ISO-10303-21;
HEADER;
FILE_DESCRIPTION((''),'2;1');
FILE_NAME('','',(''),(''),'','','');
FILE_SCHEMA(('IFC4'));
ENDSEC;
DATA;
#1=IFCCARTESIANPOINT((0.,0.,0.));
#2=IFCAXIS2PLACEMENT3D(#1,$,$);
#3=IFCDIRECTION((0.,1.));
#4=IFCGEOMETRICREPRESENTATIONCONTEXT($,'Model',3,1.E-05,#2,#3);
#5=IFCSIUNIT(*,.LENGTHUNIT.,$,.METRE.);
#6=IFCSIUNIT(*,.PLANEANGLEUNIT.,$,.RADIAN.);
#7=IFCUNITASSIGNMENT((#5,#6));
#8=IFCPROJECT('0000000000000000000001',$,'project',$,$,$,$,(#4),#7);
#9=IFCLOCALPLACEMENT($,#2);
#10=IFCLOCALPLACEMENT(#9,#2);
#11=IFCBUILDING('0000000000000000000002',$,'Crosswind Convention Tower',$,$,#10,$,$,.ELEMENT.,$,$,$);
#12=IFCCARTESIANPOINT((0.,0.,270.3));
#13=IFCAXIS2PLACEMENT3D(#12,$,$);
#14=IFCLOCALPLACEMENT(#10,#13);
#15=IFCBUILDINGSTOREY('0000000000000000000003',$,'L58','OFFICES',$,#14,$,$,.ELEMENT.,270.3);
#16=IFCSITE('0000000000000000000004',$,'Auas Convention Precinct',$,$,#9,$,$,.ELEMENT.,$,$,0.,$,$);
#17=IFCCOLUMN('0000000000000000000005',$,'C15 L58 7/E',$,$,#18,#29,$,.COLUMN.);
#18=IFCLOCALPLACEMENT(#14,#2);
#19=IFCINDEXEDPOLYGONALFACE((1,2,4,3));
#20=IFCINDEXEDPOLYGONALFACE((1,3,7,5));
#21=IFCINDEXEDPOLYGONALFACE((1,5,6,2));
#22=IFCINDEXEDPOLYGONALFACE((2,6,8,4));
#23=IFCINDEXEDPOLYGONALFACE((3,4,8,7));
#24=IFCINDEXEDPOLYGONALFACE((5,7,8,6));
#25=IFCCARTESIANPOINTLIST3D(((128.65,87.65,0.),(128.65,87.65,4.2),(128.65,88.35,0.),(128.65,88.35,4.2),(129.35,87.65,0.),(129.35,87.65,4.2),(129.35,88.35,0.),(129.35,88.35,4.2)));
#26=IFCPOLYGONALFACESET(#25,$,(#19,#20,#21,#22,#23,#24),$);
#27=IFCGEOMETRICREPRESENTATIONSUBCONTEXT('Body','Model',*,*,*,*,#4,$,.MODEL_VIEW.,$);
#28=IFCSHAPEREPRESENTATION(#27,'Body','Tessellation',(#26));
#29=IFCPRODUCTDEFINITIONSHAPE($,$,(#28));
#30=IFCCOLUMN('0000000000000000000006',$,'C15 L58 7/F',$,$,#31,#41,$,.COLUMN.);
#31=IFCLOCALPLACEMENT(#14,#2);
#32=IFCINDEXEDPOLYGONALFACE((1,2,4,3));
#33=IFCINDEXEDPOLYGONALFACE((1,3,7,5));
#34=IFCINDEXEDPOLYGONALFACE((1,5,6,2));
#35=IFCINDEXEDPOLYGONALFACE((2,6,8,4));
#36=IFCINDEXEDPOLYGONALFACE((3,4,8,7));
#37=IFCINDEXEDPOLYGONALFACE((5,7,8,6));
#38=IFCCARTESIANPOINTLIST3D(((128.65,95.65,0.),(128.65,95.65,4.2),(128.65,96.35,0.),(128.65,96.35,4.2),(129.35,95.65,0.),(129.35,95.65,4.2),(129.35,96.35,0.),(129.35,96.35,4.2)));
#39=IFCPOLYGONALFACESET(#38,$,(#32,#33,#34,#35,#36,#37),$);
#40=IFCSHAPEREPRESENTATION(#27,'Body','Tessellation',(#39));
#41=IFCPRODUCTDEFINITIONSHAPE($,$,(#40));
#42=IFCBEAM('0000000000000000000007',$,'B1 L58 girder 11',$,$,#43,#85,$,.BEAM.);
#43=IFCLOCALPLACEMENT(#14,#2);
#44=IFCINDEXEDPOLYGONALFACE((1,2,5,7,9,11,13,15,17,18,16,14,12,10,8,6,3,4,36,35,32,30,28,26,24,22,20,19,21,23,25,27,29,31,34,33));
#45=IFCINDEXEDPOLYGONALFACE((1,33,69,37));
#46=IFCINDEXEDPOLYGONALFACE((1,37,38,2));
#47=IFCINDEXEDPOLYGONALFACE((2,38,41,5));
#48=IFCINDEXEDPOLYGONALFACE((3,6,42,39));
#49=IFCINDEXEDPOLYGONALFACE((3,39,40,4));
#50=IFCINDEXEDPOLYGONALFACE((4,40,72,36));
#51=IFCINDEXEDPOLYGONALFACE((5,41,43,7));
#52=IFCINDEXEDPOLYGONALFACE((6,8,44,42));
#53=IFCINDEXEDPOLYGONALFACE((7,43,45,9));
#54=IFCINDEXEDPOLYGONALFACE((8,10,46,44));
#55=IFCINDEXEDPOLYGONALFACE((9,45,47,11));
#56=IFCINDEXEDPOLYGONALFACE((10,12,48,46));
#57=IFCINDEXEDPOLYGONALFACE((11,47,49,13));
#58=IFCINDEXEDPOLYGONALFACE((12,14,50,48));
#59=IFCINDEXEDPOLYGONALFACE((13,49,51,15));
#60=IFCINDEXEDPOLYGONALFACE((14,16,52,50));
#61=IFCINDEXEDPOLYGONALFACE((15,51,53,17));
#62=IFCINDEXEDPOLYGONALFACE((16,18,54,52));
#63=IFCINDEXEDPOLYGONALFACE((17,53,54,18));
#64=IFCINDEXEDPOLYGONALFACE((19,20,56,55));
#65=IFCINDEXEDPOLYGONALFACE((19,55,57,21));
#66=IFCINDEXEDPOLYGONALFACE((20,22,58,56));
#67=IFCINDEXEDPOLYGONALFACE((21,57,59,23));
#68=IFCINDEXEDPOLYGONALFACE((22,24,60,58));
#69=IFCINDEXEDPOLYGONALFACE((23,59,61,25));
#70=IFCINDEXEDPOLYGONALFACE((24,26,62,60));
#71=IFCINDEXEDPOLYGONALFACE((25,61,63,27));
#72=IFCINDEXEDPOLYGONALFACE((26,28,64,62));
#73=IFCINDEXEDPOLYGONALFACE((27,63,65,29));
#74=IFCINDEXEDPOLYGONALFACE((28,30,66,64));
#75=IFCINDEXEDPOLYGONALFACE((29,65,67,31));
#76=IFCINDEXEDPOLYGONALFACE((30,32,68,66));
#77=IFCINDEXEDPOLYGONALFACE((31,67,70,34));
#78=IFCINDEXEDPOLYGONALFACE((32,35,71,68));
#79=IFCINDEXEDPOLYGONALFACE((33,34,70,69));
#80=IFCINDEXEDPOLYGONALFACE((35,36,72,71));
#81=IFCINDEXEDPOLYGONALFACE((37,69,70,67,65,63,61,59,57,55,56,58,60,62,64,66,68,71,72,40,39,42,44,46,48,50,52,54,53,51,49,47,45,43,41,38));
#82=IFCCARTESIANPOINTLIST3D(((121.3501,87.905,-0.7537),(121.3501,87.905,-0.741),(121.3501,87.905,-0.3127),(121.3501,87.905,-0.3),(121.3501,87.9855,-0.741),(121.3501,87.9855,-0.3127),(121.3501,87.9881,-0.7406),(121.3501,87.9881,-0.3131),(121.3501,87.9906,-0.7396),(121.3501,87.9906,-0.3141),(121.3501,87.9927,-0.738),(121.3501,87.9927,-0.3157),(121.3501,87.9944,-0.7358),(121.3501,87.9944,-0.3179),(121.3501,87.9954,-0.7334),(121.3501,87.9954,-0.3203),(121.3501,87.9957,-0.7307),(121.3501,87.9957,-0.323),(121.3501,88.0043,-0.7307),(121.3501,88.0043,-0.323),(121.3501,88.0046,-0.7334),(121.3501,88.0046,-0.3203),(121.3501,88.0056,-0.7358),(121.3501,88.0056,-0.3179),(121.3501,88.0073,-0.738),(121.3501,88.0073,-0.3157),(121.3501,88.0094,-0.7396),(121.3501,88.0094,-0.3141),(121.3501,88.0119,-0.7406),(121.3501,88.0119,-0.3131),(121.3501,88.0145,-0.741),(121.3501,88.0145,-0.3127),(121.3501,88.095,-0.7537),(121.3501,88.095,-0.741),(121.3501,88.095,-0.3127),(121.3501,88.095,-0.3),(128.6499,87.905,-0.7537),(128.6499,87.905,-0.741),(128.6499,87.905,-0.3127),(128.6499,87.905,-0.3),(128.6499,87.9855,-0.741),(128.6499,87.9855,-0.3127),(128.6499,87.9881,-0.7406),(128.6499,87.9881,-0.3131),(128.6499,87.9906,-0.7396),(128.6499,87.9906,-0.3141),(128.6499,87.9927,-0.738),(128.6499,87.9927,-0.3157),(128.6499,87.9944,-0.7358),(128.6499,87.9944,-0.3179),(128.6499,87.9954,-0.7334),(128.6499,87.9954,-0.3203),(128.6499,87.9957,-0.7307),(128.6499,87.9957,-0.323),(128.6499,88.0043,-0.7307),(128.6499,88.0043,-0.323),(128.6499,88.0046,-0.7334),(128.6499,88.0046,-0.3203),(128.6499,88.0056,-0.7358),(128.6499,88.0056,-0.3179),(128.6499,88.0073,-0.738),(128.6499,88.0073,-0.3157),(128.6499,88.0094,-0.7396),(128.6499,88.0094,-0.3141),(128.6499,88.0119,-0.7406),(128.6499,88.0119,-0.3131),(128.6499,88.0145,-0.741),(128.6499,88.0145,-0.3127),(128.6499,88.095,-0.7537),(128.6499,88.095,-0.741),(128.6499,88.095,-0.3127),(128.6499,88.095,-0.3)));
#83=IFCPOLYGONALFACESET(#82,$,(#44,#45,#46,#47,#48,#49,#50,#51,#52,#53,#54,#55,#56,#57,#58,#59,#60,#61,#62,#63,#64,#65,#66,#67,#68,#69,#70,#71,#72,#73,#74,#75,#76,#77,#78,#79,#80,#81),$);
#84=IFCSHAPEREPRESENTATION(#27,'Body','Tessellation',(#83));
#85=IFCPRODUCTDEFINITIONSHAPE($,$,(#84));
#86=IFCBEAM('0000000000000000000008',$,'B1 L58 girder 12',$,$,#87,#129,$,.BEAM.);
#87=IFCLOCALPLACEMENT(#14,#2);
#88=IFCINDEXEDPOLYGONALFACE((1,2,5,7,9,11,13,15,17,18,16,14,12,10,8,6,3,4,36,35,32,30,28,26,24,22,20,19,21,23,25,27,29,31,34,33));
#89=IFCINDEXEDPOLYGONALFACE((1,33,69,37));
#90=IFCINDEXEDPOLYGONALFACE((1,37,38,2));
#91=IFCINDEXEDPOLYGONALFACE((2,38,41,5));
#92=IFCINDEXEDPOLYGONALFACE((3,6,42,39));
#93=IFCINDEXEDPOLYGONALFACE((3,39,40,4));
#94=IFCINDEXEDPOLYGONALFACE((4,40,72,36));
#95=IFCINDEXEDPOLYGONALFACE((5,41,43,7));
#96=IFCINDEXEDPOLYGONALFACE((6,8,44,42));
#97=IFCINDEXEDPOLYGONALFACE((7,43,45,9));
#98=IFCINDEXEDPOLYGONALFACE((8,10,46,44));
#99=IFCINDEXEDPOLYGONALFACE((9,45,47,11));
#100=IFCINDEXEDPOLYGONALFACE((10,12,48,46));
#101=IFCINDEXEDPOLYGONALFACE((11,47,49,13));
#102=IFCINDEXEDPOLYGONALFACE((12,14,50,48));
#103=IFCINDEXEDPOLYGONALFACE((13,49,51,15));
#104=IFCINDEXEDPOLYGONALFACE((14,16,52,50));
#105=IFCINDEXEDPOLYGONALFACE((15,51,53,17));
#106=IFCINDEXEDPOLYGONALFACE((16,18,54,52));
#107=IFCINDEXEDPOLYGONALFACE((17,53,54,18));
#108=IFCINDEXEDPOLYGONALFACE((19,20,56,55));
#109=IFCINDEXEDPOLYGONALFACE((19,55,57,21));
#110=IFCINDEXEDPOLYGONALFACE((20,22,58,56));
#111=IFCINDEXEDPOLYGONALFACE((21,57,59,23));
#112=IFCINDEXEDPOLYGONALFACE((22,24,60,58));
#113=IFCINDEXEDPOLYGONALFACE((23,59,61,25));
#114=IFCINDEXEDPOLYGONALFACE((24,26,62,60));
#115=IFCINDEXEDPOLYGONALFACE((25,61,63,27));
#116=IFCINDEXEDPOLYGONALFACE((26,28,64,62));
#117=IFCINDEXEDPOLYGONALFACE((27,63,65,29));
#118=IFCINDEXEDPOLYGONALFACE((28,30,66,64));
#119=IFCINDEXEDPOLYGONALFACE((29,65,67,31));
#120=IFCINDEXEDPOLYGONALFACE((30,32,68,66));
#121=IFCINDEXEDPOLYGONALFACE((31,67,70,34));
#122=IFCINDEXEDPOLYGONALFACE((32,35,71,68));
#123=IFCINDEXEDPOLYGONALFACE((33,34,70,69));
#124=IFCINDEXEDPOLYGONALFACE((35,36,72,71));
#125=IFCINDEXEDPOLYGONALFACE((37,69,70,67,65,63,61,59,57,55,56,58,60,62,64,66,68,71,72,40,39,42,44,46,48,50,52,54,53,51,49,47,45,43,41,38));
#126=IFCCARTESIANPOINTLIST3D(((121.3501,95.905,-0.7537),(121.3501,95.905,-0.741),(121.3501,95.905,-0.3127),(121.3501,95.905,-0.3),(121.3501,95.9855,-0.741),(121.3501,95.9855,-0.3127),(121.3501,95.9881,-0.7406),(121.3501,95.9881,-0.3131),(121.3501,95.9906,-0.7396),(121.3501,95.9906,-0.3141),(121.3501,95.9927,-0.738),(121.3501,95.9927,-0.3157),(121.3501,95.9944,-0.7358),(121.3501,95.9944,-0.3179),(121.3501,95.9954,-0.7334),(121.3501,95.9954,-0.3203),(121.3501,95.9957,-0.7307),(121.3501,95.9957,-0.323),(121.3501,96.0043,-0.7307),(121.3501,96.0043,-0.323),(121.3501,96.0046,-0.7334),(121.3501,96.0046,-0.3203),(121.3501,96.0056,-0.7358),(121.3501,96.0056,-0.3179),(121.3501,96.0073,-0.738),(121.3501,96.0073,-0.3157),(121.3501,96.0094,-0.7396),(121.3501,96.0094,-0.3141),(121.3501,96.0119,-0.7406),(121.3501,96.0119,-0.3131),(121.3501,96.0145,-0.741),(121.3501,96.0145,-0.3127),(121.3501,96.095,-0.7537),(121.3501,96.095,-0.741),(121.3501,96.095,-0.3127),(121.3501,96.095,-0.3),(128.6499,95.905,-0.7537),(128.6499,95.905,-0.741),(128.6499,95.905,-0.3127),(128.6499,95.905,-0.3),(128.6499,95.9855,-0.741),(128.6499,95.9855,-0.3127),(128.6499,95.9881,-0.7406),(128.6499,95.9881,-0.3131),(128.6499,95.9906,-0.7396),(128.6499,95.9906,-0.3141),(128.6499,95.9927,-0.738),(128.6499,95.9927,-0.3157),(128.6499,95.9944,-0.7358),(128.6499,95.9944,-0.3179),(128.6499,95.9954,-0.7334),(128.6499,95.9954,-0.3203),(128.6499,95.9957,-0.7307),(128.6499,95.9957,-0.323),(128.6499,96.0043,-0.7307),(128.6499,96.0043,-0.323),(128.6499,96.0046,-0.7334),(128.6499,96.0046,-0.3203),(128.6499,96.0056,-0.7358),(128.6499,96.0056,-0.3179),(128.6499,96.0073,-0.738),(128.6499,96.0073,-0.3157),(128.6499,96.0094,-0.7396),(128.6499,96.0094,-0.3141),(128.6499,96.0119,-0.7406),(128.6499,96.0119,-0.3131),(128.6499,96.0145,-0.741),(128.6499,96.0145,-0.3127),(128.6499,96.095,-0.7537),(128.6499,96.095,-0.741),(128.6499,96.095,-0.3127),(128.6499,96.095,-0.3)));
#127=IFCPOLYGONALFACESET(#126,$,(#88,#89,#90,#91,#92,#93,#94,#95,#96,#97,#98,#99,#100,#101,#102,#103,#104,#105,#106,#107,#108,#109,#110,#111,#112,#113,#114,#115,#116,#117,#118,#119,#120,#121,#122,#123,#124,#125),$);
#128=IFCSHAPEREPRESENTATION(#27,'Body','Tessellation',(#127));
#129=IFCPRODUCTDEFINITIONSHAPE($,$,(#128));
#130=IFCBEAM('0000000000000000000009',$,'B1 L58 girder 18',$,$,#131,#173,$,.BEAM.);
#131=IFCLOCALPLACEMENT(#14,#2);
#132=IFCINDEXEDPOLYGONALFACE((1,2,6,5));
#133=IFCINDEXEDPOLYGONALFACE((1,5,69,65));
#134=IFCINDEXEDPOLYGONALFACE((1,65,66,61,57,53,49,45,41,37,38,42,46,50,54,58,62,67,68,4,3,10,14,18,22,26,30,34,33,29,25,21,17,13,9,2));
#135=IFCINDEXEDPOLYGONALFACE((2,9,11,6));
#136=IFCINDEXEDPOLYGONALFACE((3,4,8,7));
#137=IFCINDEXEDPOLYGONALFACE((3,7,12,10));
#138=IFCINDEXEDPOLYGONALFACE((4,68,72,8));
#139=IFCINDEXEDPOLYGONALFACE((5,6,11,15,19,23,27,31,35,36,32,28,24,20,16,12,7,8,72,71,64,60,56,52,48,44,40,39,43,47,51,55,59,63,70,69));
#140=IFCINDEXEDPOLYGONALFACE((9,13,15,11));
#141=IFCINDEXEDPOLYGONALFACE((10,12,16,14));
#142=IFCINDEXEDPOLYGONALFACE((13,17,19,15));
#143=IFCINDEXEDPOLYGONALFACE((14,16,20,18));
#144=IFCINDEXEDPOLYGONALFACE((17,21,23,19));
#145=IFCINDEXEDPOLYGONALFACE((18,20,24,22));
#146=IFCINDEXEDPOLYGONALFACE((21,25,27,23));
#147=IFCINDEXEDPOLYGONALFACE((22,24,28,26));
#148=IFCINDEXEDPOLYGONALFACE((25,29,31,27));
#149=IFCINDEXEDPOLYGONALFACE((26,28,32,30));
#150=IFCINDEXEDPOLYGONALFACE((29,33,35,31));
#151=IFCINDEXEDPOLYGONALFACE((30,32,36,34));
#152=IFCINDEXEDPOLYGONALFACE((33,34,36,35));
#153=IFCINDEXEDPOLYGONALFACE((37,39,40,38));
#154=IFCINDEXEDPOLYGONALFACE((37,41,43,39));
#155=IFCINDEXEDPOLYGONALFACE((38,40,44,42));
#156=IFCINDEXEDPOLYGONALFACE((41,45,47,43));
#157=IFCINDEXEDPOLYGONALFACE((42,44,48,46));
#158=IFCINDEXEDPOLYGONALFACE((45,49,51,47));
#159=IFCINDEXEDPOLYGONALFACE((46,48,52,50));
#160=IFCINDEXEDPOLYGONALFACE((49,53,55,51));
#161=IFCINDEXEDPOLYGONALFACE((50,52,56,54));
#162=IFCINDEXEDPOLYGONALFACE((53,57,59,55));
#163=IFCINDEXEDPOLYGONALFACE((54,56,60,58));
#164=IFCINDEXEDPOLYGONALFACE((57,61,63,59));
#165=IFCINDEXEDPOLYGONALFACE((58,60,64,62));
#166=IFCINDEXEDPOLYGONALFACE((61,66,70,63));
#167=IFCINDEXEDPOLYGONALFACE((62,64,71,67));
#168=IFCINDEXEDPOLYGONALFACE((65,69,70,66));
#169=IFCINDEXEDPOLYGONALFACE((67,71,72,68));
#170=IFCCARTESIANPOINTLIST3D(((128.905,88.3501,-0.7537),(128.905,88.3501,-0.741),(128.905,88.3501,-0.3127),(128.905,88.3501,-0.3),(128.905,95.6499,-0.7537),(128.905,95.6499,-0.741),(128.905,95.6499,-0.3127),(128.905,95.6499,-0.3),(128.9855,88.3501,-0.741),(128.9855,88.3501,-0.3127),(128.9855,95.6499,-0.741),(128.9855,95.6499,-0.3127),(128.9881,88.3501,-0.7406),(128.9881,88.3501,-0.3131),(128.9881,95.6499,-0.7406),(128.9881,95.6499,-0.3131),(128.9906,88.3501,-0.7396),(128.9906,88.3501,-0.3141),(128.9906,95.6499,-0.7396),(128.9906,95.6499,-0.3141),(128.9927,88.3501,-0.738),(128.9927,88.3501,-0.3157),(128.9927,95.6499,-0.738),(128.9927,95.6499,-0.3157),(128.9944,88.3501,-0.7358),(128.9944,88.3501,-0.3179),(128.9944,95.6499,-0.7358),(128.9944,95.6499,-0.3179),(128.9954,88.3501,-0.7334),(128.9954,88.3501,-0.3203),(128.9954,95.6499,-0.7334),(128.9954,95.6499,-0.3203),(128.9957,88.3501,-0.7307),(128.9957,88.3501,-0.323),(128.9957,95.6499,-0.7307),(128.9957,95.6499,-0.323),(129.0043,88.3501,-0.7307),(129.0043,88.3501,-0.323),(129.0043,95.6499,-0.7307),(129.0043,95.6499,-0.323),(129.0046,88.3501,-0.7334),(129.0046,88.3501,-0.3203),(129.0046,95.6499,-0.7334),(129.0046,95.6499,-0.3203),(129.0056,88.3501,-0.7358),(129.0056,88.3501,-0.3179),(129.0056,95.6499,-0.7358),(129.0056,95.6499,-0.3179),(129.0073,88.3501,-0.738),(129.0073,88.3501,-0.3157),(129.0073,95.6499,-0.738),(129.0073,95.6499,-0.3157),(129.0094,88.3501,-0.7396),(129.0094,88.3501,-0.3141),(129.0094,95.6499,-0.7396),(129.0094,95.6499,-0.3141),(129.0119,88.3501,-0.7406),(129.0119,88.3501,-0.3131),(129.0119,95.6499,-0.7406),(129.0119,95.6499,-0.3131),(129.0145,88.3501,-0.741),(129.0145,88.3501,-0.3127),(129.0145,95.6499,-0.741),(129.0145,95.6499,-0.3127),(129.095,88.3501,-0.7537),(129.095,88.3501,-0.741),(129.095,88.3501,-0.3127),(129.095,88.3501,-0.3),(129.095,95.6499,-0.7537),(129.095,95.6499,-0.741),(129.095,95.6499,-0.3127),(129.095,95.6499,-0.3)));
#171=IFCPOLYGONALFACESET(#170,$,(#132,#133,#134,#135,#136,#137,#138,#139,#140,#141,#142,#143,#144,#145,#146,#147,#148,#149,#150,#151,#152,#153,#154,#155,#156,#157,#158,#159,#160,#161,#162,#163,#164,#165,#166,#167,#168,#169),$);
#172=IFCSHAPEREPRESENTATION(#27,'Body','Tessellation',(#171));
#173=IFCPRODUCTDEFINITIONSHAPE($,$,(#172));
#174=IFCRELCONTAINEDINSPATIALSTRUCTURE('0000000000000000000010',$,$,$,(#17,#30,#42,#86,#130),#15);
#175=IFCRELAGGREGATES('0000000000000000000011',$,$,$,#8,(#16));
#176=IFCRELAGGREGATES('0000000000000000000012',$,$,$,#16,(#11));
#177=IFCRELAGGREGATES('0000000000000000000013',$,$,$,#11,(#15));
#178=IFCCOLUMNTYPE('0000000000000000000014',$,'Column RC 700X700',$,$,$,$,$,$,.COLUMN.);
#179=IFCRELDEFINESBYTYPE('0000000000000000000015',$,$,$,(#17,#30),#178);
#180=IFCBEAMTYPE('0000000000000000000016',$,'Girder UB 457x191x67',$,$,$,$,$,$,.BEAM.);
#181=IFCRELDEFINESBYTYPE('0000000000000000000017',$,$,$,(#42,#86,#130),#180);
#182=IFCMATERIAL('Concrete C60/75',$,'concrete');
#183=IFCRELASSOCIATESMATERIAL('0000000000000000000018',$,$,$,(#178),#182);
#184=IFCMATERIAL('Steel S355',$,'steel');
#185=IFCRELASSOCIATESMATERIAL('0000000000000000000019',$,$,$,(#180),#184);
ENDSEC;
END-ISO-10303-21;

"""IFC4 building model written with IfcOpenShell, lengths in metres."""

from ifc_helpers import new_model, si_unit, direction, frame, origin, origin_2d, place, context, subcontext, project, spatial, rectangle, i_section, extrude, material, material_profile, profile_set, type_object, element, save


model = new_model("IFC4")

# Units and contexts
model_context = context("Model", 3, precision=1e-05, world=origin(), true_north=direction((0.0, 1.0)))
body_context = subcontext(model_context, "Body", "Model", "MODEL_VIEW")
ifc_project = project(units=[si_unit("LENGTHUNIT", "METRE"), si_unit("PLANEANGLEUNIT", "RADIAN")], contexts=[model_context])

# Site, building, storey
site_placement = place(None, origin())
site = spatial("IfcSite", under=ifc_project, at=site_placement, Name="Auas Convention Precinct", CompositionType="ELEMENT", RefElevation=0.0)
building_placement = place(site_placement, origin())
building = spatial("IfcBuilding", under=site, at=building_placement, Name="Crosswind Convention Tower", CompositionType="ELEMENT")
storey_placement = place(building_placement, frame((0.0, 0.0, 270.3)))
storey = spatial("IfcBuildingStorey", under=building, at=storey_placement, Name="L58", Description="OFFICES", CompositionType="ELEMENT", Elevation=270.3)

# Columns
ifc_material_1 = material(Name="Concrete C60/75", Category="concrete")
ifc_material_profile_1 = material_profile(ifc_material_1, rectangle(XDim=0.7, YDim=0.7, at=origin_2d()), Name="RC 700X700")
ifc_profile_set_1 = profile_set([ifc_material_profile_1], Name="Concrete C60/75")
column_type = type_object("IfcColumnType", Name="Column RC 700X700", PredefinedType="COLUMN", material=ifc_profile_set_1)
for number, where, z_axis, x_axis, name in (
    (1, (129.0, 88.0, 0.0), (0.0, 0.0, 1.0), (1.0, 0.0, 0.0), "C15 L58 7/E"),
    (2, (129.0, 96.0, 0.0), (0.0, 0.0, 1.0), (1.0, 0.0, 0.0), "C15 L58 7/F"),
):
    element("IfcColumn", number, at=place(storey_placement, frame(where, z_axis=z_axis, x_axis=x_axis)), inside=storey, type_object=column_type, Name=name, PredefinedType="COLUMN", context=body_context, shape_type="SweptSolid", body=[
        extrude(rectangle(XDim=0.7, YDim=0.7, at=origin_2d()), origin(), (0.0, 0.0, 1.0), 4.2),
    ])

# Beams
ifc_material_2 = material(Name="Steel S355", Category="steel")
ifc_material_profile_2 = material_profile(ifc_material_2, i_section(OverallWidth=0.1899, OverallDepth=0.4536, WebThickness=0.0085, FlangeThickness=0.0127, FilletRadius=0.0103, at=origin_2d()), Name="UB 457x191x67")
ifc_profile_set_2 = profile_set([ifc_material_profile_2], Name="Steel S355")
beam_type_1 = type_object("IfcBeamType", Name="Girder UB 457x191x67", PredefinedType="BEAM", material=ifc_profile_set_2)
for number, where, z_axis, x_axis, name in (
    (3, (121.3501, 88.0, -0.5269), (1.0, 0.0, 0.0), (0.0, 1.0, 0.0), "B1 L58 girder 11"),
    (4, (121.3501, 96.0, -0.5269), (1.0, 0.0, 0.0), (0.0, 1.0, 0.0), "B1 L58 girder 12"),
    (5, (129.0, 88.3501, -0.5269), (0.0, 1.0, 0.0), (-1.0, 0.0, 0.0), "B1 L58 girder 18"),
):
    element("IfcBeam", number, at=place(storey_placement, frame(where, z_axis=z_axis, x_axis=x_axis)), inside=storey, type_object=beam_type_1, Name=name, PredefinedType="BEAM", context=body_context, shape_type="SweptSolid", body=[
        extrude(i_section(OverallWidth=0.1899, OverallDepth=0.4536, WebThickness=0.0085, FlangeThickness=0.0127, FilletRadius=0.0103, at=origin_2d()), origin(), (0.0, 0.0, 1.0), 7.2998),
    ])

save(model, "model.ifc")
